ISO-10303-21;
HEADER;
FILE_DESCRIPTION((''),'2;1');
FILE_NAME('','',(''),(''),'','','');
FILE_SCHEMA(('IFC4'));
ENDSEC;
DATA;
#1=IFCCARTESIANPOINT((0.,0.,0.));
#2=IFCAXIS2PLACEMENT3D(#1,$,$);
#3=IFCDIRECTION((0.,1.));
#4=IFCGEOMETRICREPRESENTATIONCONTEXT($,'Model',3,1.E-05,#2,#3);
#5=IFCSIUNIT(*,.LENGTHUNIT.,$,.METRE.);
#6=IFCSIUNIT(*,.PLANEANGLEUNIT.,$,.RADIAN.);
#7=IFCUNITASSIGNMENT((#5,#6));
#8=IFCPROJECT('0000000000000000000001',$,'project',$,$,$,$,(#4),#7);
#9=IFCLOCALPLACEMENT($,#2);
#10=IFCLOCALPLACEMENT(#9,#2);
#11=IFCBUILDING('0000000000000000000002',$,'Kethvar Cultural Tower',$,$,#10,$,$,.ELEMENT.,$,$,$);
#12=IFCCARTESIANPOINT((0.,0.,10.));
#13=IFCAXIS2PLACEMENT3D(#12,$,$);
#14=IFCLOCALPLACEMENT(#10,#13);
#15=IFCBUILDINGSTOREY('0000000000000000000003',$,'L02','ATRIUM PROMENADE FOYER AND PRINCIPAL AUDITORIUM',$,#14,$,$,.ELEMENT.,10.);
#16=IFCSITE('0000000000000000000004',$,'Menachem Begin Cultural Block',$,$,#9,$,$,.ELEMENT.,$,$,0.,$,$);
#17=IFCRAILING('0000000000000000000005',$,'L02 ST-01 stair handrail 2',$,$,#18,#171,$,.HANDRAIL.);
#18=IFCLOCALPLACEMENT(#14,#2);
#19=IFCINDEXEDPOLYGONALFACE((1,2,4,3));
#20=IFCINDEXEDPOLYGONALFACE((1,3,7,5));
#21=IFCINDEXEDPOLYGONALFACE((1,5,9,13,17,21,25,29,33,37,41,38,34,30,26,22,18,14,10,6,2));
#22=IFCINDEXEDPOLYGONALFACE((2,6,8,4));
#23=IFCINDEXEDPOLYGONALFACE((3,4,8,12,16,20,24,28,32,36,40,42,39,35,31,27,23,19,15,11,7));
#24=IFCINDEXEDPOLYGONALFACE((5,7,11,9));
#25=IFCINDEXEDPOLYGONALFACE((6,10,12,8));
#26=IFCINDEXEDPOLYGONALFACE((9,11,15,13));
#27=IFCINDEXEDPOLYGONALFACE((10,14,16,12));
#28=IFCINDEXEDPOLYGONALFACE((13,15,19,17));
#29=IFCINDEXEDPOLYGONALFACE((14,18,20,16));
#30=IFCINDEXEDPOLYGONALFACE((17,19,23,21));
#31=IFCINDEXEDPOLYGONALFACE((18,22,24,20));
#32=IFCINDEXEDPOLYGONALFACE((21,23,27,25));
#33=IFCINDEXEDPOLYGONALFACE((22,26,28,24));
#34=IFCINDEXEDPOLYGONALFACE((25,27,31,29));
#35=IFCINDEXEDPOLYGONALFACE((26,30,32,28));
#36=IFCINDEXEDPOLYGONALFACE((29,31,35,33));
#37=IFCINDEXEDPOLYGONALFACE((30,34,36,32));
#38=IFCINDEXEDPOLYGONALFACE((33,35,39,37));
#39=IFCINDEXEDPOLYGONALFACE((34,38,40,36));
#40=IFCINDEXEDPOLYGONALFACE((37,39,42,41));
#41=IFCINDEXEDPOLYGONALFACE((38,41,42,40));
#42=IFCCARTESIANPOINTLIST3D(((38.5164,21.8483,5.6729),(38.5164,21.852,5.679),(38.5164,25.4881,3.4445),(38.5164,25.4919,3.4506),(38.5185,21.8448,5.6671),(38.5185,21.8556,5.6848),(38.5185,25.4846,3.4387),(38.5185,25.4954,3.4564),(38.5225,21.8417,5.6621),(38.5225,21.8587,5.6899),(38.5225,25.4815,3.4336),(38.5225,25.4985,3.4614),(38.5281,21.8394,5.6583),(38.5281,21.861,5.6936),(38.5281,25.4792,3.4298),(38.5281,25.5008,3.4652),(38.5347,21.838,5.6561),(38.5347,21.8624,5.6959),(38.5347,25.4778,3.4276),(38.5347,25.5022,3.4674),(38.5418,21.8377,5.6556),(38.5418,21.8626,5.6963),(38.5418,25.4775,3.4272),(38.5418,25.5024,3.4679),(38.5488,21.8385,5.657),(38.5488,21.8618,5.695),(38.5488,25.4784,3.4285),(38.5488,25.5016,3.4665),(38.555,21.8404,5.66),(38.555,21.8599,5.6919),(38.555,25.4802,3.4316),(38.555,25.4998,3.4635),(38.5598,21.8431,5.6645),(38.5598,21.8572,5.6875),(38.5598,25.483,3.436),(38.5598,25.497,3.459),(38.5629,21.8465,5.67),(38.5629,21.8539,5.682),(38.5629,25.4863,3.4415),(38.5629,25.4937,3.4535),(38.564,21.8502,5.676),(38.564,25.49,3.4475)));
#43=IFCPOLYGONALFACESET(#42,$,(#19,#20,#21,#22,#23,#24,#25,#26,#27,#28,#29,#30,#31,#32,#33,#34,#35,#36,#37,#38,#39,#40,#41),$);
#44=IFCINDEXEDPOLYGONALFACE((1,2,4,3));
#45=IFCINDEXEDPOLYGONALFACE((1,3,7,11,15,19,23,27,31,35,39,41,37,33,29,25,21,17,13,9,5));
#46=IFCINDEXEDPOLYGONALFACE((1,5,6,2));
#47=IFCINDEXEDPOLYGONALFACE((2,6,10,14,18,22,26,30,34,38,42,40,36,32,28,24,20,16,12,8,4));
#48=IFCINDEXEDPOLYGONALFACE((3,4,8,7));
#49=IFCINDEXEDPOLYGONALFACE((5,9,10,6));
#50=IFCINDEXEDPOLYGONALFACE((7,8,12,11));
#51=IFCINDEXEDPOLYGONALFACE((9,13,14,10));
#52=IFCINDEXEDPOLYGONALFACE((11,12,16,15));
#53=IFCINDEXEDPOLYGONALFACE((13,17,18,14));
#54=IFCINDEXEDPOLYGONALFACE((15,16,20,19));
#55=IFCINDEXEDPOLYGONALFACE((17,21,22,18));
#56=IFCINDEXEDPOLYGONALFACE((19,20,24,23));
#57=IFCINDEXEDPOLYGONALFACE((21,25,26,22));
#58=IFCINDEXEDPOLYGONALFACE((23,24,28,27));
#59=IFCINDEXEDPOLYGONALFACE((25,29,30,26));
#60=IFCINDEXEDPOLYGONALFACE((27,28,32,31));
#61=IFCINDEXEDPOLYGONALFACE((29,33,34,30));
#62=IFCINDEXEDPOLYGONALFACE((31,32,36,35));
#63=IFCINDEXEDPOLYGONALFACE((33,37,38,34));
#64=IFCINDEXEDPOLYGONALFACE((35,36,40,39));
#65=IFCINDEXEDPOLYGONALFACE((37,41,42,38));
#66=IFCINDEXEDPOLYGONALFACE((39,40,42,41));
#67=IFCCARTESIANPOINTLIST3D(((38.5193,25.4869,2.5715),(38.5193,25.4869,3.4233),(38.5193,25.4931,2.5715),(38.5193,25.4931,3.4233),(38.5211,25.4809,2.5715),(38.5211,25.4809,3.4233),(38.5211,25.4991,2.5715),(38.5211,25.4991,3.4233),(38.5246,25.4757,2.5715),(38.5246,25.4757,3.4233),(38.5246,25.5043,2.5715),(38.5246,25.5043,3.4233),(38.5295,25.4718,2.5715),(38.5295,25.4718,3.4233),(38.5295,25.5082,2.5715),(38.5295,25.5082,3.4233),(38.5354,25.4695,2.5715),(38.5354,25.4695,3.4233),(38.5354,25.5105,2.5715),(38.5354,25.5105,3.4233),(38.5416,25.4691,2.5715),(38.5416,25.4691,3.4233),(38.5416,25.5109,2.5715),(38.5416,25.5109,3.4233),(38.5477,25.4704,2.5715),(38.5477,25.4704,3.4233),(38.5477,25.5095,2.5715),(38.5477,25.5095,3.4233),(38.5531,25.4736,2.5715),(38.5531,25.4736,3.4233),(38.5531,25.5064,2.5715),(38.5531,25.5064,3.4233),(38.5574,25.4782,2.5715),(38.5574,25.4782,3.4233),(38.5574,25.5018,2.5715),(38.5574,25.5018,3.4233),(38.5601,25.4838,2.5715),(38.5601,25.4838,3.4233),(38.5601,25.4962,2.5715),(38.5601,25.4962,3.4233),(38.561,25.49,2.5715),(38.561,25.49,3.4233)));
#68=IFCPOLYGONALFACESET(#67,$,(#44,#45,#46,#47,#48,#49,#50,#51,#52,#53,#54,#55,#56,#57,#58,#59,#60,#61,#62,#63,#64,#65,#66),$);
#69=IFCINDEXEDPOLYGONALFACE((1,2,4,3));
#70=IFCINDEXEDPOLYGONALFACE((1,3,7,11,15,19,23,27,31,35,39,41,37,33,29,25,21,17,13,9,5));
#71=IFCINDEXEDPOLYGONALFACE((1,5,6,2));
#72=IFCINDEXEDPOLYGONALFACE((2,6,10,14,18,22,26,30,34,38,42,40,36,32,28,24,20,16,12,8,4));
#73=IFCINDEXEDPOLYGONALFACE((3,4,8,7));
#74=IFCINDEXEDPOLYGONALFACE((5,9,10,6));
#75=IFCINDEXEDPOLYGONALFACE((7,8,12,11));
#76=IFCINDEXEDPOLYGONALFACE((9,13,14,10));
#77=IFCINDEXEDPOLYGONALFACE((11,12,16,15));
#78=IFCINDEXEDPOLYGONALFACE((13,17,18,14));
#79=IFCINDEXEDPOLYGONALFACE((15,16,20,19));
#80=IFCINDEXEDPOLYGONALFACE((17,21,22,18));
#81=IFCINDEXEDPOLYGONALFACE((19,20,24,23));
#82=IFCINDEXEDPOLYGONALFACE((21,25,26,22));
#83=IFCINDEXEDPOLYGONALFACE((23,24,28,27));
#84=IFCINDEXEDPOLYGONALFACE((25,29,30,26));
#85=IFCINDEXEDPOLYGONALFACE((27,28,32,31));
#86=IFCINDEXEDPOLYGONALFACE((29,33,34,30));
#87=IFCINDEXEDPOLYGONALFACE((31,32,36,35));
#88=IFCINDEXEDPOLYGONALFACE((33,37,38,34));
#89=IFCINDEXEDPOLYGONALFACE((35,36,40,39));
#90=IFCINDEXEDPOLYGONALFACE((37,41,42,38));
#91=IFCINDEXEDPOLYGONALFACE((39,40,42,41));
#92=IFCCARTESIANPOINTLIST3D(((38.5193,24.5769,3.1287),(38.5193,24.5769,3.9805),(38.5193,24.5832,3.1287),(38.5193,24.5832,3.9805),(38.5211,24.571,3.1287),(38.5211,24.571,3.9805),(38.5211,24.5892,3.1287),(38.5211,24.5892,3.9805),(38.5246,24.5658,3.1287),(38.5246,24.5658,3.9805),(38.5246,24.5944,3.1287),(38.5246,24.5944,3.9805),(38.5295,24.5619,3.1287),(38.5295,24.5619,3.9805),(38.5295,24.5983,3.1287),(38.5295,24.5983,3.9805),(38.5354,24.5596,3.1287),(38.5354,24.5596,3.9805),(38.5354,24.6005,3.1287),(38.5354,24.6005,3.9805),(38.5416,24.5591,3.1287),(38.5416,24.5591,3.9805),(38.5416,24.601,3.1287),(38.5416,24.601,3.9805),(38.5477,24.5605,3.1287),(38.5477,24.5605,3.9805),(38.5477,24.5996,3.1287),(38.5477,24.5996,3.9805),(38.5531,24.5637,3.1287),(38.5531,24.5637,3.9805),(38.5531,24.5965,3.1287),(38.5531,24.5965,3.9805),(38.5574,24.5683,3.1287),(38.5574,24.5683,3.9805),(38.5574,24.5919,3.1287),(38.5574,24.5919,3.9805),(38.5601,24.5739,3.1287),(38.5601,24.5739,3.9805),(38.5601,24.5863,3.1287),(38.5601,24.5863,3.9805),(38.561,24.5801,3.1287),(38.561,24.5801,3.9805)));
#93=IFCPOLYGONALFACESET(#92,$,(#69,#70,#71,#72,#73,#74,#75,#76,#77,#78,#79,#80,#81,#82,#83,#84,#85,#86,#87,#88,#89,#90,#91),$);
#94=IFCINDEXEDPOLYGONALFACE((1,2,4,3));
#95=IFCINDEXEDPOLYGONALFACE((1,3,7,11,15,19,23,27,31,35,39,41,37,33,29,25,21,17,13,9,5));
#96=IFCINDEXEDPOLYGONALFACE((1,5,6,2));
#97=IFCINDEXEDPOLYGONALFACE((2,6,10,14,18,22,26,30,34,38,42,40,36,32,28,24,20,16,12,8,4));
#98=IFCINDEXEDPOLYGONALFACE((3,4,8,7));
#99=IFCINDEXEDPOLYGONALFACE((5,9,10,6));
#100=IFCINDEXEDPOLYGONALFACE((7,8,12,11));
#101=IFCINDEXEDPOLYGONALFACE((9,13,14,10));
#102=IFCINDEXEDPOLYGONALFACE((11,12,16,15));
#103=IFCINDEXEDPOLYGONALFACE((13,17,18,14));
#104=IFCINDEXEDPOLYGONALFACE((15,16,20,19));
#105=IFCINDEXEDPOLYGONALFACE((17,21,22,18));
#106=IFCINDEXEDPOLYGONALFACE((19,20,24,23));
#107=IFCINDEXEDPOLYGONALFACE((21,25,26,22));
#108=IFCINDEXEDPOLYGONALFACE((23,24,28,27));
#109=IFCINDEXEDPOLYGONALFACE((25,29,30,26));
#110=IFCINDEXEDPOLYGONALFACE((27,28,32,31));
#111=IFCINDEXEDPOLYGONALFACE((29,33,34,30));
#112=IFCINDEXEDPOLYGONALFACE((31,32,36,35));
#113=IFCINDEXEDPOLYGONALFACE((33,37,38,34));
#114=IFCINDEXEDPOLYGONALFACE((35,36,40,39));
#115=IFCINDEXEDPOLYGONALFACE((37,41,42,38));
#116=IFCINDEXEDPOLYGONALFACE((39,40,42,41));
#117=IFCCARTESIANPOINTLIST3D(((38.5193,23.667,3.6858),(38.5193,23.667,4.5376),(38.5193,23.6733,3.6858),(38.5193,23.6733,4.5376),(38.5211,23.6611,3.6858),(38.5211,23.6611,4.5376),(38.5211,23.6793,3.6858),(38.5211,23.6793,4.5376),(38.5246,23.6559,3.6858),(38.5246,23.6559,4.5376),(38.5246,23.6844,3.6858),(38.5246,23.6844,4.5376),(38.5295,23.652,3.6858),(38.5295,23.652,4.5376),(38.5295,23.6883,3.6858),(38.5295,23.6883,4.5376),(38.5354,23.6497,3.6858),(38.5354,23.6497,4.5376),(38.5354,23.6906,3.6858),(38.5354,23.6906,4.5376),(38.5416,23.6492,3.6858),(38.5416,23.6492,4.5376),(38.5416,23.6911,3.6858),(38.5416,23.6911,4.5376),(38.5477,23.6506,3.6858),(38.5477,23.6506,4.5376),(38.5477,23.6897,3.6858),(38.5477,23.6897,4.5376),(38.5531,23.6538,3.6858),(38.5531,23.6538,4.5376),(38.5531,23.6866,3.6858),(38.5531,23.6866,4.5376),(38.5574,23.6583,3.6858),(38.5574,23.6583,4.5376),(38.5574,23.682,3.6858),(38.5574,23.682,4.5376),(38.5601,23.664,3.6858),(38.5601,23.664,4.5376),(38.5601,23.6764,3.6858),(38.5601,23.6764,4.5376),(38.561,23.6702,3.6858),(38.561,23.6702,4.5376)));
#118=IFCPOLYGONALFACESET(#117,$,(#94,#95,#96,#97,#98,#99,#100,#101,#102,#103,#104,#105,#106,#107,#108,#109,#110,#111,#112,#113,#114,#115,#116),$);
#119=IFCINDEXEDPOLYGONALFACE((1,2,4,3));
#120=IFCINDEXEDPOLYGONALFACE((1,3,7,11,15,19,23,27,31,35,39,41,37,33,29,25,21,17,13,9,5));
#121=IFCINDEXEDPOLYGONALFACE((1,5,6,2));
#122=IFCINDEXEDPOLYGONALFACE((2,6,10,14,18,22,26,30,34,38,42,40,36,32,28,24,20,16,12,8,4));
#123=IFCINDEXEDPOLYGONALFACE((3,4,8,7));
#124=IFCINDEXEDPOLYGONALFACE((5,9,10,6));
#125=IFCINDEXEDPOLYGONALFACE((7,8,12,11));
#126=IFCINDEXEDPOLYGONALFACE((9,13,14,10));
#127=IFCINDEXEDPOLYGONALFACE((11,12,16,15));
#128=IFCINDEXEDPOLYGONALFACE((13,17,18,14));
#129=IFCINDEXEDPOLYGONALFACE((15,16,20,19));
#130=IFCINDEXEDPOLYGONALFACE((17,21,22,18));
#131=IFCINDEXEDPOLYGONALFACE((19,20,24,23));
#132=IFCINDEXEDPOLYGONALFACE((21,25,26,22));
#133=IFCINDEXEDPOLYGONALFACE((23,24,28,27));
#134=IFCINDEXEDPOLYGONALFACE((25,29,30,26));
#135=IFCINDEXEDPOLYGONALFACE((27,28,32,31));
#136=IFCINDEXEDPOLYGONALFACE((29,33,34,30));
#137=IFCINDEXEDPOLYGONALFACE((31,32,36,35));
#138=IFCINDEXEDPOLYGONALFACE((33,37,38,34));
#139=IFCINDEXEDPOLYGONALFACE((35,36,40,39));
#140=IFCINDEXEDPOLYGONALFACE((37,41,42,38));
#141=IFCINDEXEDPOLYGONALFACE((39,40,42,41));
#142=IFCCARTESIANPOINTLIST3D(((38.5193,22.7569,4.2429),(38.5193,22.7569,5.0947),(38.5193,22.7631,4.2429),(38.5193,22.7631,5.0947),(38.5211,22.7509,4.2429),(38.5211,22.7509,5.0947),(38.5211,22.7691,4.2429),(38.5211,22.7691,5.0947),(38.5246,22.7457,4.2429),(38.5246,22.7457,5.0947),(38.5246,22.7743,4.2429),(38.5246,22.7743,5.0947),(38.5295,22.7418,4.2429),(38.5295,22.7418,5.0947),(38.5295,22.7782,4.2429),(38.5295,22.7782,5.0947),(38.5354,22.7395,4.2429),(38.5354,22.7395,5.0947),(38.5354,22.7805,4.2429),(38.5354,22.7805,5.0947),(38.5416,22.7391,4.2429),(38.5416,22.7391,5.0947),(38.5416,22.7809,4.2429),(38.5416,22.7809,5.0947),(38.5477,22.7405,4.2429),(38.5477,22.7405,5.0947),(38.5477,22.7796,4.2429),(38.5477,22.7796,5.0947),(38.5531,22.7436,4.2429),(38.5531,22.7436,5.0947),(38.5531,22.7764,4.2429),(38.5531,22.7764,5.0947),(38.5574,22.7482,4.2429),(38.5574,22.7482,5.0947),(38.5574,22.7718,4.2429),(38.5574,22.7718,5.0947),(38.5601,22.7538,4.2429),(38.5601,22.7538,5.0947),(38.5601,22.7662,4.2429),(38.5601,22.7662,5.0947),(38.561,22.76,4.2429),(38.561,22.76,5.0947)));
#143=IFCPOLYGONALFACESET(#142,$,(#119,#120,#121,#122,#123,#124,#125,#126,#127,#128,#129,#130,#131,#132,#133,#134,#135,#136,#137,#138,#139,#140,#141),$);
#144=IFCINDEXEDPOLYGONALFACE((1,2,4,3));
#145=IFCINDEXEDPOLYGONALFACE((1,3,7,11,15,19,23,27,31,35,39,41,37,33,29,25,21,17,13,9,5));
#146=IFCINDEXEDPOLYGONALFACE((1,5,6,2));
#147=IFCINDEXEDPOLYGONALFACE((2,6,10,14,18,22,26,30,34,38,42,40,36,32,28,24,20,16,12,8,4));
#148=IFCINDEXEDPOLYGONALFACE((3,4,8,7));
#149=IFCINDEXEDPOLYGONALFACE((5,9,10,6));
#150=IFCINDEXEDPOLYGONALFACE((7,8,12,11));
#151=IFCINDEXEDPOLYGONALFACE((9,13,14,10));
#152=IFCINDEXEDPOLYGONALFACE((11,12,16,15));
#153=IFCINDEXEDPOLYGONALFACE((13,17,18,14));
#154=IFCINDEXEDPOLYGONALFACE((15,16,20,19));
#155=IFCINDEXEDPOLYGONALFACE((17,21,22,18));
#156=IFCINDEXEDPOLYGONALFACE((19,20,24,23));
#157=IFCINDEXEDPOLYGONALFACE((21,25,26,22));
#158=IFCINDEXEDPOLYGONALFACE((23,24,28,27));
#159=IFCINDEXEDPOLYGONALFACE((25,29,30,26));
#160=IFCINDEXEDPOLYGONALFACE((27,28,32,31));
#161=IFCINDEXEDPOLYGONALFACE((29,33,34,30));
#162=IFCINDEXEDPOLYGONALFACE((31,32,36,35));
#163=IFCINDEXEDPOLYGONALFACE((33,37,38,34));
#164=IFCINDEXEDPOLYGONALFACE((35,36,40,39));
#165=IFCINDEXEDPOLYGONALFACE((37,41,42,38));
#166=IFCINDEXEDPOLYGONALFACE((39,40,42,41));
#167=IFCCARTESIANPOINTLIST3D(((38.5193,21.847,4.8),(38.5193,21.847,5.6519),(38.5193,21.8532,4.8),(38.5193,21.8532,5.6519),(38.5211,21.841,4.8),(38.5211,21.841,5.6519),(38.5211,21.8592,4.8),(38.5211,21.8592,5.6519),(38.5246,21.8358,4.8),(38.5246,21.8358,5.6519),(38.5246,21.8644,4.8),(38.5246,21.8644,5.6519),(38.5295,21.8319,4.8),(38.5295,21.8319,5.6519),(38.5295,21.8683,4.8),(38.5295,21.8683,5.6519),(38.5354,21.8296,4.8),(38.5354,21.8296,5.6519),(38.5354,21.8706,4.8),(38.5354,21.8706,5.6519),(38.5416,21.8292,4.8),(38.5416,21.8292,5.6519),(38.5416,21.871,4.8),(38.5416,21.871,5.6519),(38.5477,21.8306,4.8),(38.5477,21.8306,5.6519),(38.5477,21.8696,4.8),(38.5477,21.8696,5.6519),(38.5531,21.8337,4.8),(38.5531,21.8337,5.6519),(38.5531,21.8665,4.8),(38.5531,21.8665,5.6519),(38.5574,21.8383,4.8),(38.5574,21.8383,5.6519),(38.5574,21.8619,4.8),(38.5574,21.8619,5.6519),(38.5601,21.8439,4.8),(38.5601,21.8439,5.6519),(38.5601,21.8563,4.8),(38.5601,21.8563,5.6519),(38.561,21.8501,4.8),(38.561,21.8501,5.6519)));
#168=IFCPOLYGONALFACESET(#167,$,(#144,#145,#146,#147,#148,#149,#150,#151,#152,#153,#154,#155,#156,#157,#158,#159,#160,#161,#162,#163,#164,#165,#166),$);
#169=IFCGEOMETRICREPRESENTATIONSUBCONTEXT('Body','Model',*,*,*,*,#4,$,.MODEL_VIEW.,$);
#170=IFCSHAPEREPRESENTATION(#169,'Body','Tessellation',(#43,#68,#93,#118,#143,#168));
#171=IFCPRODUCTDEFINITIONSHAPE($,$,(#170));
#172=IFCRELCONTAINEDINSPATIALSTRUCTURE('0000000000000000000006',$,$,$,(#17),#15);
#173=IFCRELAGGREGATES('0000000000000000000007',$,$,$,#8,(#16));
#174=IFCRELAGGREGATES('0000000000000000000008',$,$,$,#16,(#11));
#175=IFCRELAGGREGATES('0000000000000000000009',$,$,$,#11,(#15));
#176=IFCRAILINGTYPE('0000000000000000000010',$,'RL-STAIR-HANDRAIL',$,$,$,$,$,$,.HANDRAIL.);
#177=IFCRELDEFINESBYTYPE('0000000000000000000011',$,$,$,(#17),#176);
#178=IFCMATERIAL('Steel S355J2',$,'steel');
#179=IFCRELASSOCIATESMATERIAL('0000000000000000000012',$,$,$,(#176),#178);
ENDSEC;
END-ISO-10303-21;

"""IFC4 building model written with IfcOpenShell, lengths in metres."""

from ifc_helpers import new_model, si_unit, direction, frame, origin, origin_2d, place, context, subcontext, project, spatial, circle, extrude, material, type_object, element, save


model = new_model("IFC4")

# Units and contexts
model_context = context("Model", 3, precision=1e-05, world=origin(), true_north=direction((0.0, 1.0)))
body_context = subcontext(model_context, "Body", "Model", "MODEL_VIEW")
ifc_project = project(units=[si_unit("LENGTHUNIT", "METRE"), si_unit("PLANEANGLEUNIT", "RADIAN")], contexts=[model_context])

# Site, building, storey
site_placement = place(None, origin())
site = spatial("IfcSite", under=ifc_project, at=site_placement, Name="Menachem Begin Cultural Block", CompositionType="ELEMENT", RefElevation=0.0)
building_placement = place(site_placement, origin())
building = spatial("IfcBuilding", under=site, at=building_placement, Name="Kethvar Cultural Tower", CompositionType="ELEMENT")
storey_placement = place(building_placement, frame((0.0, 0.0, 10.0)))
storey = spatial("IfcBuildingStorey", under=building, at=storey_placement, Name="L02", Description="ATRIUM PROMENADE FOYER AND PRINCIPAL AUDITORIUM", CompositionType="ELEMENT", Elevation=10.0)

# Shared definitions
ifc_material_1 = material(Name="Steel S355J2", Category="steel")

# Railing
railing_type_1 = type_object("IfcRailingType", Name="RL-STAIR-HANDRAIL", PredefinedType="HANDRAIL", material=ifc_material_1)
railing_1_placement = place(storey_placement, frame((38.54, 25.49, 2.5715)))
element("IfcRailing", 1, at=railing_1_placement, inside=storey, type_object=railing_type_1, Name="L02 ST-01 stair handrail 2", PredefinedType="HANDRAIL", context=body_context, shape_type="SweptSolid", body=[
    extrude(circle(Radius=0.0239, at=origin_2d()), frame((0.0, 0.0, 0.876), z_axis=(0.0, -0.85285, 0.522156), x_axis=(1.0, 0.0, 0.0)), (0.0, 0.0, 1.0), 4.2678),
    extrude(circle(Radius=0.021, at=origin_2d()), origin(), (0.0, 0.0, 1.0), 0.8518),
    extrude(circle(Radius=0.021, at=origin_2d()), frame((0.0, -0.9099, 0.5571)), (0.0, 0.0, 1.0), 0.8518),
    extrude(circle(Radius=0.021, at=origin_2d()), frame((0.0, -1.8198, 1.1143)), (0.0, 0.0, 1.0), 0.8518),
    extrude(circle(Radius=0.021, at=origin_2d()), frame((0.0, -2.73, 1.6714)), (0.0, 0.0, 1.0), 0.8518),
    extrude(circle(Radius=0.021, at=origin_2d()), frame((0.0, -3.6399, 2.2285)), (0.0, 0.0, 1.0), 0.8518),
])

save(model, "model.ifc")
